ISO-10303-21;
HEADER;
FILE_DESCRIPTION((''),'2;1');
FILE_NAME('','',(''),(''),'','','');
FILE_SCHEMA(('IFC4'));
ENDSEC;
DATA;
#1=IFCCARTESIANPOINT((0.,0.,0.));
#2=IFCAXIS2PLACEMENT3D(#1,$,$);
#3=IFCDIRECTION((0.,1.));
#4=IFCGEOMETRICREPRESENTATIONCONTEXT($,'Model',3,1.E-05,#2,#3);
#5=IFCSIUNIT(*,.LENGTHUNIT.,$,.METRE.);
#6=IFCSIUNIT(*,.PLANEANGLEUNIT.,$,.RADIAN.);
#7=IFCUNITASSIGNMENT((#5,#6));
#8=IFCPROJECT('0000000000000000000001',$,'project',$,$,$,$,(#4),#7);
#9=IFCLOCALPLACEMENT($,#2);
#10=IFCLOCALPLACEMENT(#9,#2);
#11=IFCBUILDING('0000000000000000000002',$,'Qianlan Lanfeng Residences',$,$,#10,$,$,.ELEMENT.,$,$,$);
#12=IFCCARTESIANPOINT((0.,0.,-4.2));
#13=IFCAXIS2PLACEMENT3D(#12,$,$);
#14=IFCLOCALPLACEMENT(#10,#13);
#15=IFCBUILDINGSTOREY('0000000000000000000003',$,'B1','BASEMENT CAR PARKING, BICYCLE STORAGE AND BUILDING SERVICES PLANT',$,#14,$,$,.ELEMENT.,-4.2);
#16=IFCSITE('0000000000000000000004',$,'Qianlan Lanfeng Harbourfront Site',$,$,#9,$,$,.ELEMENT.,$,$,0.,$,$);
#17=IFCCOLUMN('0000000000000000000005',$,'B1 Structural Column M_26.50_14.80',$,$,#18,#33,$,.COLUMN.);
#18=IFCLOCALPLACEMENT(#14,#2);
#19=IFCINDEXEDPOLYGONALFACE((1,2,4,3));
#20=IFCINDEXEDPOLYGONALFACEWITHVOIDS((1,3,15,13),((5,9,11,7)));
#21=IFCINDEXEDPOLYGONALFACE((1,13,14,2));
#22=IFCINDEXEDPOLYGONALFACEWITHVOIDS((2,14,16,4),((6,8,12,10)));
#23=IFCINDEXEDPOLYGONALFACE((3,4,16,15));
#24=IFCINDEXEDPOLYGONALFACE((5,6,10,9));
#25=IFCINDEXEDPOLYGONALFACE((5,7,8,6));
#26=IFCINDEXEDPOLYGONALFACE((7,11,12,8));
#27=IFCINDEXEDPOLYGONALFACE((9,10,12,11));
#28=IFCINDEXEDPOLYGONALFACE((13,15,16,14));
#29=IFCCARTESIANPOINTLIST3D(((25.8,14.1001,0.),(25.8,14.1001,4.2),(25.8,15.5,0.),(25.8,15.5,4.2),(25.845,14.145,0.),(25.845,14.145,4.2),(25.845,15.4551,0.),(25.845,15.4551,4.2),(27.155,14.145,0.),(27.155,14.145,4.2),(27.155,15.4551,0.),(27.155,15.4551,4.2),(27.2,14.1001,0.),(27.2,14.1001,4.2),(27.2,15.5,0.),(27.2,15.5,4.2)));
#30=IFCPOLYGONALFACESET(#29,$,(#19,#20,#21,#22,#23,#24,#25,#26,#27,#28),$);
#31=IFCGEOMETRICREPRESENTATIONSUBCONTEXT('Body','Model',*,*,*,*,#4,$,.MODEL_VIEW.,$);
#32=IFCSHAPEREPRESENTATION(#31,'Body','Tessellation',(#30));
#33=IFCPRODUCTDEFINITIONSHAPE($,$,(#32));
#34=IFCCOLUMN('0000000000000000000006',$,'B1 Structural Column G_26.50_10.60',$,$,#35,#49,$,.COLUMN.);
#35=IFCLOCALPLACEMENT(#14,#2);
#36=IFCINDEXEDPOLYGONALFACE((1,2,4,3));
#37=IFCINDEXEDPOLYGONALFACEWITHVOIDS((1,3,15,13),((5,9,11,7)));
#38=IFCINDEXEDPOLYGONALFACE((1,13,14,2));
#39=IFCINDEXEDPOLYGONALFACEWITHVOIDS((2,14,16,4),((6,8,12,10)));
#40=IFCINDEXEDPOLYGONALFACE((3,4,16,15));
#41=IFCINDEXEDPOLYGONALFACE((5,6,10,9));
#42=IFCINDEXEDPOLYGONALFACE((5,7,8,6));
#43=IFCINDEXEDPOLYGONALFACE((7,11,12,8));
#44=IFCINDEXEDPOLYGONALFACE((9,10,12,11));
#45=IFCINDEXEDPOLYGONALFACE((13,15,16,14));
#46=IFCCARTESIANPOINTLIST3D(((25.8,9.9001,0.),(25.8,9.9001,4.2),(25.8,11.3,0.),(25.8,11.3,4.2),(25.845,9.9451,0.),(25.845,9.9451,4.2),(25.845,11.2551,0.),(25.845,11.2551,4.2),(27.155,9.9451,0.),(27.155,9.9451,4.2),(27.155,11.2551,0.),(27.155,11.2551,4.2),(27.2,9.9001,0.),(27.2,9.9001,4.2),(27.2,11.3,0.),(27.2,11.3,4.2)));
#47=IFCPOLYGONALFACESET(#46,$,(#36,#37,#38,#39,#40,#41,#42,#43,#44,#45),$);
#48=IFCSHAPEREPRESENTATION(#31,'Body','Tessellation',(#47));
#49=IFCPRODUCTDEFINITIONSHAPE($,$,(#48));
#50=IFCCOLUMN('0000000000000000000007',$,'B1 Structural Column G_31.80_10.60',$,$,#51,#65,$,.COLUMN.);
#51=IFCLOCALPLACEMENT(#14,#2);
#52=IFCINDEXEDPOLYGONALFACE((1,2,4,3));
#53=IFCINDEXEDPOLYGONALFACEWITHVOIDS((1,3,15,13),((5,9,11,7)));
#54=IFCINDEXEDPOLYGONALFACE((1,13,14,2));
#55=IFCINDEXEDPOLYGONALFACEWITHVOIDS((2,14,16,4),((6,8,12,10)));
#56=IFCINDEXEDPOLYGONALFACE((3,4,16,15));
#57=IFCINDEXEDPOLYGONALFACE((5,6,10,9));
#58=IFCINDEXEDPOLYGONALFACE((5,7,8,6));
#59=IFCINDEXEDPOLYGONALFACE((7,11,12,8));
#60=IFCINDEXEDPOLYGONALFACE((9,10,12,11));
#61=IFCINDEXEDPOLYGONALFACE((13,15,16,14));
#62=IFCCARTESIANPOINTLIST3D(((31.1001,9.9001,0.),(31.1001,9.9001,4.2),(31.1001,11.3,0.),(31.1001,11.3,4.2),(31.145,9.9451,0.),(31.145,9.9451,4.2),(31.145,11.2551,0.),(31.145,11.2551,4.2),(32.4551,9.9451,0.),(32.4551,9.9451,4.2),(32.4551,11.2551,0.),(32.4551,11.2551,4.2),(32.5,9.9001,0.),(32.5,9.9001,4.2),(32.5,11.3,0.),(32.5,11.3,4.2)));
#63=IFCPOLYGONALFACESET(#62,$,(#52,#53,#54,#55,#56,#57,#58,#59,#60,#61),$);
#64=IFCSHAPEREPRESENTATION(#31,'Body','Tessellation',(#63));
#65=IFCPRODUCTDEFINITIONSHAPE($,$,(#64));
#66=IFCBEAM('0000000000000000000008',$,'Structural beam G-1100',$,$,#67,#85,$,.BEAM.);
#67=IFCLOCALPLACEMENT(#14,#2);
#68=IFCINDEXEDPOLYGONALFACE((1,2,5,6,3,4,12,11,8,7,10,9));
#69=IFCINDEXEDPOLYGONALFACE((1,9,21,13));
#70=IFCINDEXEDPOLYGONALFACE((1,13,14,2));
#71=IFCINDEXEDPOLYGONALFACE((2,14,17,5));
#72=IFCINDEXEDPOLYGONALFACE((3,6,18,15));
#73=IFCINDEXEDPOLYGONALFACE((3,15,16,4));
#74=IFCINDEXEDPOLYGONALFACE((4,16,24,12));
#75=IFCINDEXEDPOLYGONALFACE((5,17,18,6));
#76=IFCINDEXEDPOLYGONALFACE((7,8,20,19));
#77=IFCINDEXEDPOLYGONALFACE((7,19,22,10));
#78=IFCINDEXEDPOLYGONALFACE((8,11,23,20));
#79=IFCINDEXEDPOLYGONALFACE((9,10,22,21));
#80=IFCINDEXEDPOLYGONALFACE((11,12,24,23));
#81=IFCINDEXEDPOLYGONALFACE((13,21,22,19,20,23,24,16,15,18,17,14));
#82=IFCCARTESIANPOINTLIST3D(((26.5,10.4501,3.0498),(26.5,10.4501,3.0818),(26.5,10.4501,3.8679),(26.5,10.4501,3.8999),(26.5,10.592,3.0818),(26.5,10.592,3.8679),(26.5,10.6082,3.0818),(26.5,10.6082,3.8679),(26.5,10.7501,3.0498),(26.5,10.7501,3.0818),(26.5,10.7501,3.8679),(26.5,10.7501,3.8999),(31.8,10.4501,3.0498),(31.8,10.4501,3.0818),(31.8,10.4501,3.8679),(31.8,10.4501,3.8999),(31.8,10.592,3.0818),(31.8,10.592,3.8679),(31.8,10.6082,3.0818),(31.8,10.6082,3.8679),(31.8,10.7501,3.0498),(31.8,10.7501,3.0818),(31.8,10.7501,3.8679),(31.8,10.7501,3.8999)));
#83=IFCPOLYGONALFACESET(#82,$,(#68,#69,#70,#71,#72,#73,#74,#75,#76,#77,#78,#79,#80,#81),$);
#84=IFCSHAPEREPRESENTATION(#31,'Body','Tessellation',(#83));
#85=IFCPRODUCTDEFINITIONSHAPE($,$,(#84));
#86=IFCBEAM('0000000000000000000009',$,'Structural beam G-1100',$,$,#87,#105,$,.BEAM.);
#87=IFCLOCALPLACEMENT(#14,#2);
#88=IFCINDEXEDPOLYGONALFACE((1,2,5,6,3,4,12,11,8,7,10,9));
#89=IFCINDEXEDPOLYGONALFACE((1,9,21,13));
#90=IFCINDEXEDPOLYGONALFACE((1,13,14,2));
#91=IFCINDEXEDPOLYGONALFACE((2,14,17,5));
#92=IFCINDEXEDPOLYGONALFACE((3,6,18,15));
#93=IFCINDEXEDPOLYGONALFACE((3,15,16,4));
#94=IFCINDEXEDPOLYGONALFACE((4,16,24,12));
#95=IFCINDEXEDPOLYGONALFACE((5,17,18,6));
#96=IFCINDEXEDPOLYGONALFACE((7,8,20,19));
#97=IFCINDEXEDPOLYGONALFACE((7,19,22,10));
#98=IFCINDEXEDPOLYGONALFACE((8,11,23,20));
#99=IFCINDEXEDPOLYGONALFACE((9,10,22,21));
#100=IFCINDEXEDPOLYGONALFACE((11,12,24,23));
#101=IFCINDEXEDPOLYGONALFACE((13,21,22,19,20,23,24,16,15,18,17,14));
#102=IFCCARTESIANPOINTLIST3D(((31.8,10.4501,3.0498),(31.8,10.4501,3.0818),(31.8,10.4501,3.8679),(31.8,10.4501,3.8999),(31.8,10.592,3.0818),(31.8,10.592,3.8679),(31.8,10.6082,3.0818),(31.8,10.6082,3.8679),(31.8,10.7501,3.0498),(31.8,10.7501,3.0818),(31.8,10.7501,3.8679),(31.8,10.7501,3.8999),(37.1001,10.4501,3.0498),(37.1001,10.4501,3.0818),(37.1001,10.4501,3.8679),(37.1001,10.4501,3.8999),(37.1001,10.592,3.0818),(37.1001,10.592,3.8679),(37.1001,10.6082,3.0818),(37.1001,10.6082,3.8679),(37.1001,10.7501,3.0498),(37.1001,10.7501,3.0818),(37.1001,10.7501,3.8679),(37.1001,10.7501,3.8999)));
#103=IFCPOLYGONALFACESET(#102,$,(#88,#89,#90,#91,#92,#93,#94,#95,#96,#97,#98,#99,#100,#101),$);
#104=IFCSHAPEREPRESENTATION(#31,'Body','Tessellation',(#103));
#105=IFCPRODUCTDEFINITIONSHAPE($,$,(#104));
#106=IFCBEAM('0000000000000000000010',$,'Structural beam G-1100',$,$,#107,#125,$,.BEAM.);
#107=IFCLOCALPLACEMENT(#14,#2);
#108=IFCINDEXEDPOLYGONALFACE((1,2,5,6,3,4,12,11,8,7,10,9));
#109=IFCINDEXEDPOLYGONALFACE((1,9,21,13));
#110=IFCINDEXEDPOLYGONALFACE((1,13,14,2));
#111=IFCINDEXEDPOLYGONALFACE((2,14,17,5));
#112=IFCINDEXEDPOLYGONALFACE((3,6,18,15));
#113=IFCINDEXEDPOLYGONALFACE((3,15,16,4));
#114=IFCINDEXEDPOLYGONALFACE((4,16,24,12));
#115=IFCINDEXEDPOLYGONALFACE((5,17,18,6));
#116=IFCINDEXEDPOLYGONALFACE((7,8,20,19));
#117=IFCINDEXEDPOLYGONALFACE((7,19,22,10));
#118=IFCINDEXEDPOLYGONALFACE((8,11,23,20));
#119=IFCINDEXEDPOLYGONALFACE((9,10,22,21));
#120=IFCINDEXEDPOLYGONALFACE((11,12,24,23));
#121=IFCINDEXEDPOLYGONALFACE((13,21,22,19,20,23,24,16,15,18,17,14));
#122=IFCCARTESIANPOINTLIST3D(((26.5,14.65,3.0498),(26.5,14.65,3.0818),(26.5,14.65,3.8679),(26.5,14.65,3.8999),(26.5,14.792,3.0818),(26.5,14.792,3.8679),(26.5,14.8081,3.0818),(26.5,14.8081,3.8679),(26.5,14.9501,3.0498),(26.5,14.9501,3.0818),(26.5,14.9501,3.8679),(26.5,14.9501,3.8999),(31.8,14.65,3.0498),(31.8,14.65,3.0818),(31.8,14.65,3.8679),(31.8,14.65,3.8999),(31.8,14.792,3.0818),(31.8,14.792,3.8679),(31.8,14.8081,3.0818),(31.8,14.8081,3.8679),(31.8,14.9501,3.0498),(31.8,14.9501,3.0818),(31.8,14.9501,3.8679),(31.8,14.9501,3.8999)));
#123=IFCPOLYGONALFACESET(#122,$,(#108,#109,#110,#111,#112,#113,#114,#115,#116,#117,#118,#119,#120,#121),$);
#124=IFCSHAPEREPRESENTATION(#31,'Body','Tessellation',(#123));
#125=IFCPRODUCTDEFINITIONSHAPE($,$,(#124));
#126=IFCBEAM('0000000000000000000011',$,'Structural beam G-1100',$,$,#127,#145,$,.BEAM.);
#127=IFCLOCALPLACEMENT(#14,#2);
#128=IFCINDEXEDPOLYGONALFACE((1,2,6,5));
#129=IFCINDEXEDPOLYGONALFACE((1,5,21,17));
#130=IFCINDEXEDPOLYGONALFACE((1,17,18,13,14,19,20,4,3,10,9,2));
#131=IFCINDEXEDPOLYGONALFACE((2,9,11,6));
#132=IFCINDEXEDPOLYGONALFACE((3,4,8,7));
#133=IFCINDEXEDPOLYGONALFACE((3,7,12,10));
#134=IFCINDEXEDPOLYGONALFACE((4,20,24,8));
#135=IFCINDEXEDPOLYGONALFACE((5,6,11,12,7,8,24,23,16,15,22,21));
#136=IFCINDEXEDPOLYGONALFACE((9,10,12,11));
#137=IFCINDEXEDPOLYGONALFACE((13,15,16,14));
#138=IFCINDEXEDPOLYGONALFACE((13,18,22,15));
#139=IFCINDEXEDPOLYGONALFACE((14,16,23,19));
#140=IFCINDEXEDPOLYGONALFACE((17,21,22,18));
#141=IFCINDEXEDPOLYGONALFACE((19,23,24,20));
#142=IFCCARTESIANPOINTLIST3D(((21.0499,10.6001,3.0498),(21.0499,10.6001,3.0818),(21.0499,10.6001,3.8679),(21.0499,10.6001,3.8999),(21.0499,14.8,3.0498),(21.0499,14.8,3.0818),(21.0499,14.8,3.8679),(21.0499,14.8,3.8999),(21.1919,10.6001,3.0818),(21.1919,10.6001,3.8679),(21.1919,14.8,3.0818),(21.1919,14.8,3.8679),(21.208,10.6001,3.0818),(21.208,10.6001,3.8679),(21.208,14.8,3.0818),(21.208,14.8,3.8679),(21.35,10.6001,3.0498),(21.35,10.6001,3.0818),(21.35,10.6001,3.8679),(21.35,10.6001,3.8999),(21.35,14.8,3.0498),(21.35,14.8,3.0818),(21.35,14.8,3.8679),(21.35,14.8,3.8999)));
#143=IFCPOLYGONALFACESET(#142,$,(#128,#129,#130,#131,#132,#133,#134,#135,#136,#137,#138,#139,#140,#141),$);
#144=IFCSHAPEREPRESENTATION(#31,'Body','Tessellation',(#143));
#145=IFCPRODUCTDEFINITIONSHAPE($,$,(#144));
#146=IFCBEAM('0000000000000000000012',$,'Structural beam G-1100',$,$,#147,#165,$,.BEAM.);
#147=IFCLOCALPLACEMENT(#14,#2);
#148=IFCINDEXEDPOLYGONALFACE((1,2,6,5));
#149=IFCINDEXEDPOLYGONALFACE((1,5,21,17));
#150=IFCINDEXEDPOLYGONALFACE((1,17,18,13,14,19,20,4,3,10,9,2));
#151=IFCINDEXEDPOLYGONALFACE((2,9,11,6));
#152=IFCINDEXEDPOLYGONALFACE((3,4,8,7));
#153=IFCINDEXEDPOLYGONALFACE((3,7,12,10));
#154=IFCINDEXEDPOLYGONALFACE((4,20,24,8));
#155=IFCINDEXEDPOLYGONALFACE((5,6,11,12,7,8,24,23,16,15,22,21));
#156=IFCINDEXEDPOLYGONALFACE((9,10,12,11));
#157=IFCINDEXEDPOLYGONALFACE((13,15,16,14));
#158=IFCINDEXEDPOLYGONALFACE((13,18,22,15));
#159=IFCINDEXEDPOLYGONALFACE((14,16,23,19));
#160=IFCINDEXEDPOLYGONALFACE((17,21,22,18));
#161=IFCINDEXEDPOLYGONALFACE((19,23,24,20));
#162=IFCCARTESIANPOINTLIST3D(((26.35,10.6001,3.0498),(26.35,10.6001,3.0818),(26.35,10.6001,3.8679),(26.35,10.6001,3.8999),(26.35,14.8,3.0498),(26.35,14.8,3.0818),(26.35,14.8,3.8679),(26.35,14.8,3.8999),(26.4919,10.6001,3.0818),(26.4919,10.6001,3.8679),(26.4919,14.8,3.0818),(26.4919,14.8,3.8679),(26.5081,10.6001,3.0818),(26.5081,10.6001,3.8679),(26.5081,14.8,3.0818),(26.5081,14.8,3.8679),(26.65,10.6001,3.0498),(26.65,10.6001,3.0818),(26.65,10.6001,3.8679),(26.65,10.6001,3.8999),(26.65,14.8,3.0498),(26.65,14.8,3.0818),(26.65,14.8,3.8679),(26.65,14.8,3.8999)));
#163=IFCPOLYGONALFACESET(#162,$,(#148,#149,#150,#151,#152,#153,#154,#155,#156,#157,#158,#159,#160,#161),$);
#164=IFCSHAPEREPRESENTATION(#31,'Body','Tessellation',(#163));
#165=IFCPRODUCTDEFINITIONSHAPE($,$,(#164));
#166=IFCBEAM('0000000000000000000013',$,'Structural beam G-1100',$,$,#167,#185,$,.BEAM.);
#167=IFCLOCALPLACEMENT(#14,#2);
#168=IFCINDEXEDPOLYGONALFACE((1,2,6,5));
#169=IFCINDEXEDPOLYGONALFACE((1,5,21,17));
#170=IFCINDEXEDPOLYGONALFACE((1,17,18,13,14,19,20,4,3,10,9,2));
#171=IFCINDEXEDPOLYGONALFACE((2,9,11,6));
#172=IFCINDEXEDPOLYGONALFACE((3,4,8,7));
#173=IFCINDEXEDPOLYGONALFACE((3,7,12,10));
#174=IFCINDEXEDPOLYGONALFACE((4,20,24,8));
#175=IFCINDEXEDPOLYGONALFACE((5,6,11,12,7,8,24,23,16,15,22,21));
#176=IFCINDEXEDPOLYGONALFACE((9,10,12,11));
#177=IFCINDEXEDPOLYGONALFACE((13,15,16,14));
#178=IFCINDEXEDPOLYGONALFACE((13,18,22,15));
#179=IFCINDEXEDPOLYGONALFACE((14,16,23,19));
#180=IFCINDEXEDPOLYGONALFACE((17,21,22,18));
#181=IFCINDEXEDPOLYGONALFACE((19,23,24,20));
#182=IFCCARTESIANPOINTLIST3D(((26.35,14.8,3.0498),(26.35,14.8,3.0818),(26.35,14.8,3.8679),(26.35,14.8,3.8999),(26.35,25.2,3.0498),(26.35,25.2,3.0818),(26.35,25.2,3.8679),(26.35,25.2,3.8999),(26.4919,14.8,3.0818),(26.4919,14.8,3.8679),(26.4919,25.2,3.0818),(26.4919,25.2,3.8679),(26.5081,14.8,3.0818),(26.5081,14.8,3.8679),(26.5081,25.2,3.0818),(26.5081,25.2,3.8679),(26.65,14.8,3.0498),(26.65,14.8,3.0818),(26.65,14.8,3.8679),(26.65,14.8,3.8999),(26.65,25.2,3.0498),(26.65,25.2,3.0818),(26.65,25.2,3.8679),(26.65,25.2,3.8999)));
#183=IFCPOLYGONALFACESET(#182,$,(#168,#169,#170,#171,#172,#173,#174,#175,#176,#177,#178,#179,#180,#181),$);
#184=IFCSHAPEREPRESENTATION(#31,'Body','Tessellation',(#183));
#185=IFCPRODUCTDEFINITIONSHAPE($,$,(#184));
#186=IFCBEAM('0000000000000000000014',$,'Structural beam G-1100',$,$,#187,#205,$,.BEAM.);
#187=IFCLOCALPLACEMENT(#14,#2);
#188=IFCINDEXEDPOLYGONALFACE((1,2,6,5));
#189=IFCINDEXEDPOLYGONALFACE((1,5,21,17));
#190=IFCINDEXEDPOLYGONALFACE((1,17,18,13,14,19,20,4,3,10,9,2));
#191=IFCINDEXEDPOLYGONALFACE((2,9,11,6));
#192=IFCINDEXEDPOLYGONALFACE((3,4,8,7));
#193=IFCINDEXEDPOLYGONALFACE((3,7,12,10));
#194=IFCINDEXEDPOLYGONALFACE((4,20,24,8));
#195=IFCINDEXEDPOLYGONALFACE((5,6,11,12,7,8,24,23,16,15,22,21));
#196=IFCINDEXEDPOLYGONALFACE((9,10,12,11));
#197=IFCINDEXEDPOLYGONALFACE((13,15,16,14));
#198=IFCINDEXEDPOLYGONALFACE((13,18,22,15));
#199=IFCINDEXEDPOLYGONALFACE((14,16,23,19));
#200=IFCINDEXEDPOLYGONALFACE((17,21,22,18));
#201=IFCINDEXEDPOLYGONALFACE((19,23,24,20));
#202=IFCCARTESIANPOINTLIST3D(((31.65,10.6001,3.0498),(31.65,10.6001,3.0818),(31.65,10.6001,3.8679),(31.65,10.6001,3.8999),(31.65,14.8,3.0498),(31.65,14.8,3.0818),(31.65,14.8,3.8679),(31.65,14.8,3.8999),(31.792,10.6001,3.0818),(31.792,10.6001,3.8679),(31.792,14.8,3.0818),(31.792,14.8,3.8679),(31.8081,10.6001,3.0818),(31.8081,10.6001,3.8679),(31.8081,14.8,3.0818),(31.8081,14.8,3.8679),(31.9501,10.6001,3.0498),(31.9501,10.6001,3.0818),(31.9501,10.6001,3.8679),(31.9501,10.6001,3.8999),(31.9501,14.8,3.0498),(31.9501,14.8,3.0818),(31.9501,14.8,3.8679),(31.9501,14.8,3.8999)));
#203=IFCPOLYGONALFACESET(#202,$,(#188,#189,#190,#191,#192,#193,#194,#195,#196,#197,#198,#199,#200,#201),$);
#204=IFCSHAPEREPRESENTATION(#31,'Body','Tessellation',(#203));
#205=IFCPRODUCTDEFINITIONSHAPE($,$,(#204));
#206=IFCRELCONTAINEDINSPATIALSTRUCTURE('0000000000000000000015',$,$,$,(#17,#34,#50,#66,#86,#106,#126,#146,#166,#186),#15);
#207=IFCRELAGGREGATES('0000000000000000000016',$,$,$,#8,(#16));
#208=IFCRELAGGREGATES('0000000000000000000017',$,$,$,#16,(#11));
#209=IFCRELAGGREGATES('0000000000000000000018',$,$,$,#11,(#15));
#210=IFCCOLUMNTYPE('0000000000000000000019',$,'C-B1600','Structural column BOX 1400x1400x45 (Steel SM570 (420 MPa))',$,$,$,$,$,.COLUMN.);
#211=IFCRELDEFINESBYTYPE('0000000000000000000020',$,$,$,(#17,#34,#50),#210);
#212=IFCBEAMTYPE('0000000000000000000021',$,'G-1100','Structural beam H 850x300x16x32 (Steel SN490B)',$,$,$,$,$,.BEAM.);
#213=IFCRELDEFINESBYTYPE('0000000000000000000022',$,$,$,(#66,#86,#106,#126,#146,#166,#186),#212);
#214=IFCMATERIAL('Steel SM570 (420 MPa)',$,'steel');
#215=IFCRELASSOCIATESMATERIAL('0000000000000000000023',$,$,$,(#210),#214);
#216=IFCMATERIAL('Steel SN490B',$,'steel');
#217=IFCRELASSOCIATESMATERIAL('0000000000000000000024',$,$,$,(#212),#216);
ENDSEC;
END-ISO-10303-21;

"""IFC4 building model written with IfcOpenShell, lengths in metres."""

from ifc_helpers import new_model, si_unit, direction, frame, origin, origin_2d, place, context, subcontext, project, spatial, hollow_rectangle, i_section, extrude, material, material_profile, profile_set, type_object, element, save


model = new_model("IFC4")

# Units and contexts
model_context = context("Model", 3, precision=1e-05, world=origin(), true_north=direction((0.0, 1.0)))
body_context = subcontext(model_context, "Body", "Model", "MODEL_VIEW")
ifc_project = project(units=[si_unit("LENGTHUNIT", "METRE"), si_unit("PLANEANGLEUNIT", "RADIAN")], contexts=[model_context])

# Site, building, storey
site_placement = place(None, origin())
site = spatial("IfcSite", under=ifc_project, at=site_placement, Name="Qianlan Lanfeng Harbourfront Site", CompositionType="ELEMENT", RefElevation=0.0)
building_placement = place(site_placement, origin())
building = spatial("IfcBuilding", under=site, at=building_placement, Name="Qianlan Lanfeng Residences", CompositionType="ELEMENT")
storey_placement = place(building_placement, frame((0.0, 0.0, -4.2)))
storey = spatial("IfcBuildingStorey", under=building, at=storey_placement, Name="B1", Description="BASEMENT CAR PARKING, BICYCLE STORAGE AND BUILDING SERVICES PLANT", CompositionType="ELEMENT", Elevation=-4.2)

# Columns
ifc_material_1 = material(Name="Steel SM570 (420 MPa)", Category="steel")
ifc_material_profile_1 = material_profile(ifc_material_1, hollow_rectangle(XDim=1.3999, YDim=1.3999, WallThickness=0.0449, at=origin_2d()), Name="BOX 1400x1400x45")
ifc_profile_set_1 = profile_set([ifc_material_profile_1], Name="Steel SM570 (420 MPa)")
column_type = type_object("IfcColumnType", Name="C-B1600", Description="Structural column BOX 1400x1400x45 (Steel SM570 (420 MPa))", PredefinedType="COLUMN", material=ifc_profile_set_1)
for number, where, z_axis, x_axis, name in (
    (1, (26.5, 14.8, 0.0), (0.0, 0.0, 1.0), (1.0, 0.0, 0.0), "B1 Structural Column M_26.50_14.80"),
    (2, (26.5, 10.6001, 0.0), (0.0, 0.0, 1.0), (1.0, 0.0, 0.0), "B1 Structural Column G_26.50_10.60"),
    (3, (31.8, 10.6001, 0.0), (0.0, 0.0, 1.0), (1.0, 0.0, 0.0), "B1 Structural Column G_31.80_10.60"),
):
    element("IfcColumn", number, at=place(storey_placement, frame(where, z_axis=z_axis, x_axis=x_axis)), inside=storey, type_object=column_type, Name=name, PredefinedType="COLUMN", context=body_context, shape_type="SweptSolid", body=[
        extrude(hollow_rectangle(XDim=1.3999, YDim=1.3999, WallThickness=0.0449, at=origin_2d()), origin(), (0.0, 0.0, 1.0), 4.2),
    ])

# Beams
ifc_material_2 = material(Name="Steel SN490B", Category="steel")
ifc_material_profile_2 = material_profile(ifc_material_2, i_section(OverallWidth=0.3, OverallDepth=0.8501, WebThickness=0.0161, FlangeThickness=0.032, at=origin_2d()), Name="H 850x300x16x32")
ifc_profile_set_2 = profile_set([ifc_material_profile_2], Name="Steel SN490B")
beam_type_1 = type_object("IfcBeamType", Name="G-1100", Description="Structural beam H 850x300x16x32 (Steel SN490B)", PredefinedType="BEAM", material=ifc_profile_set_2)
for number, where, z_axis, x_axis, name in (
    (4, (26.5, 10.6001, 3.4749), (1.0, 0.0, 0.0), (0.0, 1.0, 0.0), "Structural beam G-1100"),
    (5, (31.8, 10.6001, 3.4749), (1.0, 0.0, 0.0), (0.0, 1.0, 0.0), "Structural beam G-1100"),
    (6, (26.5, 14.8, 3.4749), (1.0, 0.0, 0.0), (0.0, 1.0, 0.0), "Structural beam G-1100"),
):
    element("IfcBeam", number, at=place(storey_placement, frame(where, z_axis=z_axis, x_axis=x_axis)), inside=storey, type_object=beam_type_1, Name=name, PredefinedType="BEAM", context=body_context, shape_type="SweptSolid", body=[
        extrude(i_section(OverallWidth=0.3, OverallDepth=0.8501, WebThickness=0.0161, FlangeThickness=0.032, at=origin_2d()), origin(), (0.0, 0.0, 1.0), 5.3),
    ])
for number, where, z_axis, x_axis, name in (
    (7, (21.2, 10.6001, 3.4749), (0.0, 1.0, 0.0), (-1.0, 0.0, 0.0), "Structural beam G-1100"),
    (8, (26.5, 10.6001, 3.4749), (0.0, 1.0, 0.0), (-1.0, 0.0, 0.0), "Structural beam G-1100"),
):
    element("IfcBeam", number, at=place(storey_placement, frame(where, z_axis=z_axis, x_axis=x_axis)), inside=storey, type_object=beam_type_1, Name=name, PredefinedType="BEAM", context=body_context, shape_type="SweptSolid", body=[
        extrude(i_section(OverallWidth=0.3, OverallDepth=0.8501, WebThickness=0.0161, FlangeThickness=0.032, at=origin_2d()), origin(), (0.0, 0.0, 1.0), 4.2),
    ])
beam_1_placement = place(storey_placement, frame((26.5, 14.8, 3.4749), z_axis=(0.0, 1.0, 0.0), x_axis=(-1.0, 0.0, 0.0)))
element("IfcBeam", 9, at=beam_1_placement, inside=storey, type_object=beam_type_1, Name="Structural beam G-1100", PredefinedType="BEAM", context=body_context, shape_type="SweptSolid", body=[
    extrude(i_section(OverallWidth=0.3, OverallDepth=0.8501, WebThickness=0.0161, FlangeThickness=0.032, at=origin_2d()), origin(), (0.0, 0.0, 1.0), 10.3999),
])
beam_2_placement = place(storey_placement, frame((31.8, 10.6001, 3.4749), z_axis=(0.0, 1.0, 0.0), x_axis=(-1.0, 0.0, 0.0)))
element("IfcBeam", 10, at=beam_2_placement, inside=storey, type_object=beam_type_1, Name="Structural beam G-1100", PredefinedType="BEAM", context=body_context, shape_type="SweptSolid", body=[
    extrude(i_section(OverallWidth=0.3, OverallDepth=0.8501, WebThickness=0.0161, FlangeThickness=0.032, at=origin_2d()), origin(), (0.0, 0.0, 1.0), 4.2),
])

save(model, "model.ifc")
